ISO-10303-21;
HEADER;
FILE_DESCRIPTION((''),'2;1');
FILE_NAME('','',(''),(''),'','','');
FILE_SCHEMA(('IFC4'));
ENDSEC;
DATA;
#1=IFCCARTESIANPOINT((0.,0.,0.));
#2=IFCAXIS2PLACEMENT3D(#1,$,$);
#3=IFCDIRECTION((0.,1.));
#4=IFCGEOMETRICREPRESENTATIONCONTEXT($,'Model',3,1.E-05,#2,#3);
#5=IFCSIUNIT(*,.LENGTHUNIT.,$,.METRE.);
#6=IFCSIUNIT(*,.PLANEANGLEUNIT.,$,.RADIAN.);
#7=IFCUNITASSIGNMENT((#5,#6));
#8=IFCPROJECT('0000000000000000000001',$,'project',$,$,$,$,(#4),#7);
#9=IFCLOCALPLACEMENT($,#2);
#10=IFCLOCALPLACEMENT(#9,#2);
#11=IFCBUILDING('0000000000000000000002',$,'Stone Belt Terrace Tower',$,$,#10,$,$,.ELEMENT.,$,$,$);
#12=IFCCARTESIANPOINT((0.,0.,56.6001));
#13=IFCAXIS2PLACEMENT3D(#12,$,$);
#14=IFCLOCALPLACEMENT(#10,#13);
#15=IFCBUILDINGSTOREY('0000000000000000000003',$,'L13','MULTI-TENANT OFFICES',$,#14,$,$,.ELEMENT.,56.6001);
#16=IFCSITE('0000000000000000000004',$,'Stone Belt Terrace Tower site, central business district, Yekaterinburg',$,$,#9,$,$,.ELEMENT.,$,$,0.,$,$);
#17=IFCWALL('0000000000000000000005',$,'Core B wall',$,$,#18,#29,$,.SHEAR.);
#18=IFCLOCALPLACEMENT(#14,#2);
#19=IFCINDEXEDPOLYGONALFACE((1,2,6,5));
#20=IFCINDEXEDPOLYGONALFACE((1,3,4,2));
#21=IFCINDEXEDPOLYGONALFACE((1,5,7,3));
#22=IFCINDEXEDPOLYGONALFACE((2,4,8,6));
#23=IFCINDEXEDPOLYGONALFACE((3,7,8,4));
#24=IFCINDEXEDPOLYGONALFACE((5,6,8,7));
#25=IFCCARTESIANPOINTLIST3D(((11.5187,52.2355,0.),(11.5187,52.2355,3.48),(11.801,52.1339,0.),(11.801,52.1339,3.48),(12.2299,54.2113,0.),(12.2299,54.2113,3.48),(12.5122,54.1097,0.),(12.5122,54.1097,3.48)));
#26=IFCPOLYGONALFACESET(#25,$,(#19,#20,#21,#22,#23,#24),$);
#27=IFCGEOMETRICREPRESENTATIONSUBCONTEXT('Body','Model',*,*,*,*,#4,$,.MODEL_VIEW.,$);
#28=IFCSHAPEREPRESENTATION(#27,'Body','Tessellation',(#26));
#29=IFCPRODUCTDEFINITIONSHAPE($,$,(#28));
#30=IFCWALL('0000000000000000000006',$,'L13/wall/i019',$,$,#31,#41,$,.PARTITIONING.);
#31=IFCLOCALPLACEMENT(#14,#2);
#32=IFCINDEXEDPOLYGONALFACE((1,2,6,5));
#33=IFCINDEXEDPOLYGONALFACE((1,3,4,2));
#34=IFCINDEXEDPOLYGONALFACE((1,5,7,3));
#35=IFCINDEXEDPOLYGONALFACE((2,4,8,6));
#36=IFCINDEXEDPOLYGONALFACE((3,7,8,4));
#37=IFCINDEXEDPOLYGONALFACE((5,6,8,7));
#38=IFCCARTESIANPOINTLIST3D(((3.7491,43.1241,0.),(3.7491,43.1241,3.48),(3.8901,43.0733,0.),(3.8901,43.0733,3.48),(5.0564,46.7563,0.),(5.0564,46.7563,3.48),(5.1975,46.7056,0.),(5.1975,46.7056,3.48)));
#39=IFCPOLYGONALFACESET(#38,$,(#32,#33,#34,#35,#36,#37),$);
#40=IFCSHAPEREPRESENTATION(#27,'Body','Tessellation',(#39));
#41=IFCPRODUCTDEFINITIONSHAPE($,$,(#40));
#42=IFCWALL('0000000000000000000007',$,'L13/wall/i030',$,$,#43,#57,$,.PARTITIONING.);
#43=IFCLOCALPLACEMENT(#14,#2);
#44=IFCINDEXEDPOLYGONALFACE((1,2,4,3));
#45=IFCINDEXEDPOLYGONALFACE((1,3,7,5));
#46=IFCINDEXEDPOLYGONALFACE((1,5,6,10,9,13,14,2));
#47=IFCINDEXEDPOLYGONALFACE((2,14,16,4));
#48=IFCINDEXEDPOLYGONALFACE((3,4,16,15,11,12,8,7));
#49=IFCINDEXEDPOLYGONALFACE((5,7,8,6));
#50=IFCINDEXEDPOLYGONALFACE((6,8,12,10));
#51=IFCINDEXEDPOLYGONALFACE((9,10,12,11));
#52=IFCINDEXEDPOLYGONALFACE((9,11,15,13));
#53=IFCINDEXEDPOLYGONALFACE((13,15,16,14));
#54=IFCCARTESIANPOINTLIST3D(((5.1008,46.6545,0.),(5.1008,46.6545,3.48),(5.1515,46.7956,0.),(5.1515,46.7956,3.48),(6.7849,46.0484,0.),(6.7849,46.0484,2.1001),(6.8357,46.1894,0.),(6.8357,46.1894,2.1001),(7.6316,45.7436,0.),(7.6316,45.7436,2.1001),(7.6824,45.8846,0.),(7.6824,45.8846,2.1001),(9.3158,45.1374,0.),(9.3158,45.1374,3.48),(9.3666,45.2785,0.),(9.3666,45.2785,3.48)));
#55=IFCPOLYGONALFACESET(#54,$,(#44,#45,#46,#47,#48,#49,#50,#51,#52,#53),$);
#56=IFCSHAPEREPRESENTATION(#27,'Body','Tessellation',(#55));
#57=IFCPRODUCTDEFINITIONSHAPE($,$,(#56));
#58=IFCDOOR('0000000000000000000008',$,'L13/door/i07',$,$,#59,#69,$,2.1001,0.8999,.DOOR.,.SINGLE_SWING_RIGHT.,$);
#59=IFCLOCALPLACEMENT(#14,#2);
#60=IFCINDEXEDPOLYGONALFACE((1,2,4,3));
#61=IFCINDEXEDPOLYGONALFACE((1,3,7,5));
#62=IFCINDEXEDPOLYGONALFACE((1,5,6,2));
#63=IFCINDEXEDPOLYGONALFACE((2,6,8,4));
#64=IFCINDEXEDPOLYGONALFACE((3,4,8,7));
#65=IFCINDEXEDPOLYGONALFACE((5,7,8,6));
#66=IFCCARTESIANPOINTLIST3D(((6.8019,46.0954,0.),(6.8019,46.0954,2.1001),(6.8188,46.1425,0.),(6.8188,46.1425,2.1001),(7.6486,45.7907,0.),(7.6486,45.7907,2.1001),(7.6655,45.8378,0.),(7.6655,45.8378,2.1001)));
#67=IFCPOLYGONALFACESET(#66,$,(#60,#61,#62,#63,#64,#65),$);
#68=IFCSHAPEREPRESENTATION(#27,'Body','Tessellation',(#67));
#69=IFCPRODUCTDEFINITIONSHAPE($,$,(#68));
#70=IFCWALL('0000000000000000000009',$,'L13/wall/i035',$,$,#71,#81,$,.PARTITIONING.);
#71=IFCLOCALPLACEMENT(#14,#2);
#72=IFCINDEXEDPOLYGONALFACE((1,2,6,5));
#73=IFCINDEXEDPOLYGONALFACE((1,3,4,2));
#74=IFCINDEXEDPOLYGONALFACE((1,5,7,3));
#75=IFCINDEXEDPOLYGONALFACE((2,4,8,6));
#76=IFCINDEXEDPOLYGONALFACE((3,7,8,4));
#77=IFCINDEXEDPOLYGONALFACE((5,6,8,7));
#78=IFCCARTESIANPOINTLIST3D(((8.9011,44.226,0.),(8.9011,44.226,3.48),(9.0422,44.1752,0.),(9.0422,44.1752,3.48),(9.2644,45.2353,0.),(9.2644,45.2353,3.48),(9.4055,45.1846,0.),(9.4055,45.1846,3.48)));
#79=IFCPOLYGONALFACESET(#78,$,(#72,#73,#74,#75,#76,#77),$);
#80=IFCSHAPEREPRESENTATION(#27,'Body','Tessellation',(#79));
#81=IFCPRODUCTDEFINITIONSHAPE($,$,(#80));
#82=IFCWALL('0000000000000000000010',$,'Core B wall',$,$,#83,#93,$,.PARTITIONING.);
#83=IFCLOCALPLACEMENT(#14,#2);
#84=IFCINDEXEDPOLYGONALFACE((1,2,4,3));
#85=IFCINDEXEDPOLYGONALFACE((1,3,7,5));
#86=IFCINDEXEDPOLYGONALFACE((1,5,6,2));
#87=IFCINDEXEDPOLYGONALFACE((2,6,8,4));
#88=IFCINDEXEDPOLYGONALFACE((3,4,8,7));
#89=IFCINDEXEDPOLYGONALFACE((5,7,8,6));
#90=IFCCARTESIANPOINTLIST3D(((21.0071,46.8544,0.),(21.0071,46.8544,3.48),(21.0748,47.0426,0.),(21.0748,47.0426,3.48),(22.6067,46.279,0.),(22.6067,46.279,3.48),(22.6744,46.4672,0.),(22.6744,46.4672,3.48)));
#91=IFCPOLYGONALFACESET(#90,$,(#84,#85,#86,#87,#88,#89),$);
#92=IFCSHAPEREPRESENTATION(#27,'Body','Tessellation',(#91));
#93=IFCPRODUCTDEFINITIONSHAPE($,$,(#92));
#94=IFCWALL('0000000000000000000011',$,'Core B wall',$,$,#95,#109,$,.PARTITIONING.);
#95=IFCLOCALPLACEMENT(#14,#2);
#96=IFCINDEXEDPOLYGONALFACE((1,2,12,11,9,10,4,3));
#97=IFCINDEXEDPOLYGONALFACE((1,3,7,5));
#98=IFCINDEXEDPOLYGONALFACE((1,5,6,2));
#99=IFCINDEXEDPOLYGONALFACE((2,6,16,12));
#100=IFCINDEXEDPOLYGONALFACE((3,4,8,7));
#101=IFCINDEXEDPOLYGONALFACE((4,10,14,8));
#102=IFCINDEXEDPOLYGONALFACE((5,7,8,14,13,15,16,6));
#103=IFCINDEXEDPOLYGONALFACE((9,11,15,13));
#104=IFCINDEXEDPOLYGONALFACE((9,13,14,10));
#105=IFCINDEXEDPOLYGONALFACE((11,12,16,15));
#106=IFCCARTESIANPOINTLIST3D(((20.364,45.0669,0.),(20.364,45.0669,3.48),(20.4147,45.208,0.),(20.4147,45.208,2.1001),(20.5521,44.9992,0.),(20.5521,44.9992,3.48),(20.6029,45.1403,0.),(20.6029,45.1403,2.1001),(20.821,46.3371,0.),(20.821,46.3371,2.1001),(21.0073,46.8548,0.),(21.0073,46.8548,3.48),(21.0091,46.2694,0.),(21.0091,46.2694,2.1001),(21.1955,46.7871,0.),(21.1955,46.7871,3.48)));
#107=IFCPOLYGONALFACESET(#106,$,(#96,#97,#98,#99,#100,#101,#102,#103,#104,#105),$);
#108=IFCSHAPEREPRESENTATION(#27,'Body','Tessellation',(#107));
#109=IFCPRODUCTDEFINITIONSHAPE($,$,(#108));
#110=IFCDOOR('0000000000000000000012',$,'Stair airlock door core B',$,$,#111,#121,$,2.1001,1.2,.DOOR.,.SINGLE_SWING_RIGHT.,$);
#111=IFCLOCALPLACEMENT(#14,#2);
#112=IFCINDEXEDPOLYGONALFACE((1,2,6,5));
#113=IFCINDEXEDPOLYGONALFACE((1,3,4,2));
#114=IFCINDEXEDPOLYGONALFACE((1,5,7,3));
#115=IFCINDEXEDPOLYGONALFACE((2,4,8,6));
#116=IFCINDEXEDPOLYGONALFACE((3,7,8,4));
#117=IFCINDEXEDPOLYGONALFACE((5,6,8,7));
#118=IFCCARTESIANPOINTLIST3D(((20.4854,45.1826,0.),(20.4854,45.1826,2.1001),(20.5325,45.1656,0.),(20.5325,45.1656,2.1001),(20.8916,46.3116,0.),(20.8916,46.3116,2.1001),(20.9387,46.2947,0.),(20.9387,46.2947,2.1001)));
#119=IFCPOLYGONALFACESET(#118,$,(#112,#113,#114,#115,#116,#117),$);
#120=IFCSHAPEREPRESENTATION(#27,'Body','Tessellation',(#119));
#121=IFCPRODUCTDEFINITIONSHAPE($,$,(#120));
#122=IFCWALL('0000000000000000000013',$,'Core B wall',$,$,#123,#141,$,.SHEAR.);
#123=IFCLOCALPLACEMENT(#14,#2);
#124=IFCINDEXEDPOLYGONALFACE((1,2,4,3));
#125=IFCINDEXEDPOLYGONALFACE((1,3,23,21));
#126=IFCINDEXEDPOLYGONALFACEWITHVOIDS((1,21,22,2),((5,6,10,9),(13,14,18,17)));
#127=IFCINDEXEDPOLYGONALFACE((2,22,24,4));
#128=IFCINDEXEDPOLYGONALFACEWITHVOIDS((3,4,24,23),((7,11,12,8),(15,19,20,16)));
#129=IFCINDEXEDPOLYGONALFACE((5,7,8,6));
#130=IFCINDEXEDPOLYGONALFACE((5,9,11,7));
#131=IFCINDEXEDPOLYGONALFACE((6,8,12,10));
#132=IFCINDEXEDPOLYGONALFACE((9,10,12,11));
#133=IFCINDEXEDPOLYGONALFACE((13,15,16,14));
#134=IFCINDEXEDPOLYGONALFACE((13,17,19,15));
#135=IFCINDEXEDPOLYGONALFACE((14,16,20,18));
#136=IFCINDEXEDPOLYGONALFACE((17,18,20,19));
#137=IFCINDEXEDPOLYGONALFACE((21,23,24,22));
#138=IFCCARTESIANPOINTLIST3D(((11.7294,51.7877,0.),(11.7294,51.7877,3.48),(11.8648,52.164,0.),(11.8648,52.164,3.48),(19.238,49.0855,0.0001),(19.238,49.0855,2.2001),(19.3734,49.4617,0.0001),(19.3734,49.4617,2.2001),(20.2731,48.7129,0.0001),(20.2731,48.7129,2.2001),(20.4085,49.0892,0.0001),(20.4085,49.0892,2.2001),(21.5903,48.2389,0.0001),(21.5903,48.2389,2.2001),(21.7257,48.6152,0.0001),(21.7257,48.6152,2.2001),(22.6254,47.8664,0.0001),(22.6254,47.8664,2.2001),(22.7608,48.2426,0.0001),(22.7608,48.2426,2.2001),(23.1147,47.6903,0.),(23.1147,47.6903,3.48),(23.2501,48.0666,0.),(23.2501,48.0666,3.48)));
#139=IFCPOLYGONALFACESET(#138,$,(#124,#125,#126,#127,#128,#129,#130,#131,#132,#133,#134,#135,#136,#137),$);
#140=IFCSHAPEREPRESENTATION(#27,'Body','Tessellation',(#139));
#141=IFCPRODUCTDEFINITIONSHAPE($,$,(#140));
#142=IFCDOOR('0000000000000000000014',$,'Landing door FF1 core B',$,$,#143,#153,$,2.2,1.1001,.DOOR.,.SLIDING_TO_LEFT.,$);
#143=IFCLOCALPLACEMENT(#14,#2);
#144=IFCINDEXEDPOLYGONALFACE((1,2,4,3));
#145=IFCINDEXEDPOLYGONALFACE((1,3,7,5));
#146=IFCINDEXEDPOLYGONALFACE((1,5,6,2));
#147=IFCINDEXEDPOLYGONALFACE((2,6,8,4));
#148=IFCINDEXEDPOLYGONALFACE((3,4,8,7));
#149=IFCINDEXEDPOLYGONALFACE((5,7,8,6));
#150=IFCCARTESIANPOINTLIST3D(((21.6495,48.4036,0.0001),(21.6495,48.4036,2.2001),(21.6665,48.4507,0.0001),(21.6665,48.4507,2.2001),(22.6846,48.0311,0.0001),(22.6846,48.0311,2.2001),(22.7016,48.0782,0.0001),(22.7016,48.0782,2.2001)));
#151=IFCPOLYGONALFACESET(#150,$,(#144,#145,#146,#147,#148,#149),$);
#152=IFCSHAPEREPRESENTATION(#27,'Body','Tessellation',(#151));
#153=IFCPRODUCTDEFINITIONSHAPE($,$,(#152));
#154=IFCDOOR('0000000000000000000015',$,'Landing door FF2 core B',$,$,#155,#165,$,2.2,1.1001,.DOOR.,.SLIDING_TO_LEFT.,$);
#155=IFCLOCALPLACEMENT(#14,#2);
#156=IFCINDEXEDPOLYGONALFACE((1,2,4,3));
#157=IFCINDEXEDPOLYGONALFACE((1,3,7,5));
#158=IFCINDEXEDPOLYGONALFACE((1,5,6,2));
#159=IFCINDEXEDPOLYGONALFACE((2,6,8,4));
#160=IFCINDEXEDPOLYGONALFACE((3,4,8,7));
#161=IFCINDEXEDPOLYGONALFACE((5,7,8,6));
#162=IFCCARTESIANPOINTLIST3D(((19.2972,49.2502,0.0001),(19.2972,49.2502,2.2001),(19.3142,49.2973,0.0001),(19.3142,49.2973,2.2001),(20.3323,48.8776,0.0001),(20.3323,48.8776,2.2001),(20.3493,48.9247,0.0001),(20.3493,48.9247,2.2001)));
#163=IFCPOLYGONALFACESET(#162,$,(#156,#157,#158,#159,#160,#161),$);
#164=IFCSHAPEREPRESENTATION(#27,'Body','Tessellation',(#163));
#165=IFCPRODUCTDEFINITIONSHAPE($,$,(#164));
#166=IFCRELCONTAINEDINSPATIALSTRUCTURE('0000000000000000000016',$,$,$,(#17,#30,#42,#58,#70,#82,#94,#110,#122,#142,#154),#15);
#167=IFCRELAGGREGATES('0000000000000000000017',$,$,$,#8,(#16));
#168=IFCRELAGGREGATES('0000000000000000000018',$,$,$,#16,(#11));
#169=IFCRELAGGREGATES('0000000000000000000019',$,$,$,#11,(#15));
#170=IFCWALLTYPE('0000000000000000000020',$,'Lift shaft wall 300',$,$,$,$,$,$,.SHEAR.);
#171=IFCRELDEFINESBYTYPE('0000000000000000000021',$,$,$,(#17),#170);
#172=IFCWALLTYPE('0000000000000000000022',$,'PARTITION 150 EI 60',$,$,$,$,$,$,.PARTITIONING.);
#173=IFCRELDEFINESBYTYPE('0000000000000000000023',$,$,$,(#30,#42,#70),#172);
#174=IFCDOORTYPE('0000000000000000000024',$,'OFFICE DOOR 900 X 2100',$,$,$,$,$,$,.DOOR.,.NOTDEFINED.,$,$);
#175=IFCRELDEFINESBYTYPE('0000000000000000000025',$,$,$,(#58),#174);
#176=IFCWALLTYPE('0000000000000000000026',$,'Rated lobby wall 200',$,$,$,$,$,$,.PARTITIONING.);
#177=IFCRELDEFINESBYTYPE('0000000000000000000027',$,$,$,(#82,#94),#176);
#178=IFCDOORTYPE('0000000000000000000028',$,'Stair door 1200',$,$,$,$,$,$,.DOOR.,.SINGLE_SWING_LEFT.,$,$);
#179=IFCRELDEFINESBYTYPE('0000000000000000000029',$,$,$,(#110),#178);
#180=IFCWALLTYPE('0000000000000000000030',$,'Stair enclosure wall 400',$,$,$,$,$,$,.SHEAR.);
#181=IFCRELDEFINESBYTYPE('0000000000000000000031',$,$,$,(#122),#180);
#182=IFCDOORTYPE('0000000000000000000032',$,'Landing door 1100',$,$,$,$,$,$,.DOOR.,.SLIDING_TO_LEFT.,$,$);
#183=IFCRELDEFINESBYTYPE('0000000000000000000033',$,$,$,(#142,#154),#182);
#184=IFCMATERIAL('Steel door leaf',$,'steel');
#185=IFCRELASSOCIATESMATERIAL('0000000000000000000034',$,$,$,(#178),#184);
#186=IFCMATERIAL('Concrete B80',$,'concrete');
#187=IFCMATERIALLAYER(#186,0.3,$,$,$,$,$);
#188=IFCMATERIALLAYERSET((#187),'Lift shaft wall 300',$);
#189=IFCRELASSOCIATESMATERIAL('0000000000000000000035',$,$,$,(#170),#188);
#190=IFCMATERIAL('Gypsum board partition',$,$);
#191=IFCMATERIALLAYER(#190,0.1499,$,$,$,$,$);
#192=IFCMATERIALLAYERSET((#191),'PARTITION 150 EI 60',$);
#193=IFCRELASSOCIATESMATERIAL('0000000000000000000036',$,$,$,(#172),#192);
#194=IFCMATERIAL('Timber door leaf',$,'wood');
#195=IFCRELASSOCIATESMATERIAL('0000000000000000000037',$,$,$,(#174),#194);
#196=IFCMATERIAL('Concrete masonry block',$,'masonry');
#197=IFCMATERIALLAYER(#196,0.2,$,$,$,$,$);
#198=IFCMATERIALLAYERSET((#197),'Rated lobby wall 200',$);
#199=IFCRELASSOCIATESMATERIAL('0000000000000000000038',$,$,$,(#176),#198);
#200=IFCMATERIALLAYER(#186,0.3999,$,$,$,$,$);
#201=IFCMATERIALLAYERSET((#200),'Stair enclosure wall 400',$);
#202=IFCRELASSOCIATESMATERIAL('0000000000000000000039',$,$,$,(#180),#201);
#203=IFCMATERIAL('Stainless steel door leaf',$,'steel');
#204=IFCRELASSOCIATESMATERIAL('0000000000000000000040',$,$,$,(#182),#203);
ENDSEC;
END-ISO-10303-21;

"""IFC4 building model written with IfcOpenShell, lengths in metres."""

from ifc_helpers import new_model, si_unit, direction, frame, frame_2d, origin, place, context, subcontext, project, spatial, rectangle, extrude, material, layer, layer_set, type_object, element, fill, save


model = new_model("IFC4")

# Units and contexts
model_context = context("Model", 3, precision=1e-05, world=origin(), true_north=direction((0.0, 1.0)))
body_context = subcontext(model_context, "Body", "Model", "MODEL_VIEW")
ifc_project = project(units=[si_unit("LENGTHUNIT", "METRE"), si_unit("PLANEANGLEUNIT", "RADIAN")], contexts=[model_context])

# Site, building, storey
site_placement = place(None, origin())
site = spatial("IfcSite", under=ifc_project, at=site_placement, Name="Stone Belt Terrace Tower site, central business district, Yekaterinburg", CompositionType="ELEMENT", RefElevation=0.0)
building_placement = place(site_placement, origin())
building = spatial("IfcBuilding", under=site, at=building_placement, Name="Stone Belt Terrace Tower", CompositionType="ELEMENT")
storey_placement = place(building_placement, frame((0.0, 0.0, 56.6001)))
storey = spatial("IfcBuildingStorey", under=building, at=storey_placement, Name="L13", Description="MULTI-TENANT OFFICES", CompositionType="ELEMENT", Elevation=56.6001)

# Shared definitions
ifc_material_1 = material(Name="Concrete B80", Category="concrete")
ifc_material_2 = material(Name="Steel door leaf", Category="steel")
door_type_1 = type_object("IfcDoorType", Name="Stair door 1200", OperationType="SINGLE_SWING_LEFT", PredefinedType="DOOR", material=ifc_material_2)
ifc_material_3 = material(Name="Timber door leaf", Category="wood")

# Walls
ifc_layer_1 = layer(ifc_material_1, 0.3)
ifc_layer_set_1 = layer_set([ifc_layer_1], Name="Lift shaft wall 300")
wall_type_1 = type_object("IfcWallType", Name="Lift shaft wall 300", PredefinedType="SHEAR", material=ifc_layer_set_1)
wall_1_placement = place(storey_placement, frame((11.6599, 52.1848, 0.0), z_axis=(0.0, 0.0, 1.0), x_axis=(0.33867, 0.940905, 0.0)))
element("IfcWall", 1, at=wall_1_placement, inside=storey, type_object=wall_type_1, Name="Core B wall", PredefinedType="SHEAR", context=body_context, shape_type="SweptSolid", body=[
    extrude(rectangle(XDim=2.0999, YDim=0.3, at=frame_2d((1.0498, 0.0))), origin(), (0.0, 0.0, 1.0), 3.48),
])
ifc_material_4 = material(Name="Gypsum board partition")
ifc_layer_2 = layer(ifc_material_4, 0.1499)
ifc_layer_set_2 = layer_set([ifc_layer_2], Name="PARTITION 150 EI 60")
wall_type_2 = type_object("IfcWallType", Name="PARTITION 150 EI 60", PredefinedType="PARTITIONING", material=ifc_layer_set_2)
wall_2_placement = place(storey_placement, frame((5.127, 46.731, 0.0), z_axis=(0.0, 0.0, 1.0), x_axis=(-0.338659, -0.940909, 0.0)))
element("IfcWall", 2, at=wall_2_placement, inside=storey, type_object=wall_type_2, Name="L13/wall/i019", PredefinedType="PARTITIONING", context=body_context, shape_type="SweptSolid", body=[
    extrude(rectangle(XDim=3.8604, YDim=0.1499, at=frame_2d((1.9302, 0.0))), origin(), (0.0, 0.0, 1.0), 3.48),
])

# Wall, opening, door
wall_3_placement = place(storey_placement, frame((9.3411, 45.208, 0.0), z_axis=(0.0, 0.0, 1.0), x_axis=(-0.940912, 0.338652, 0.0)))
wall_3 = element("IfcWall", 3, at=wall_3_placement, inside=storey, type_object=wall_type_2, Name="L13/wall/i030", PredefinedType="PARTITIONING", context=body_context, shape_type="SweptSolid", body=[
    extrude(rectangle(XDim=4.4797, YDim=0.1499, at=frame_2d((2.2397, 0.0))), origin(), (0.0, 0.0, 1.0), 3.48),
])
opening_1_placement = place(wall_3_placement, frame((1.7898, 0.0, 0.0)))
opening_1 = element("IfcOpeningElement", 4, at=opening_1_placement, cuts=wall_3, PredefinedType="OPENING", context=body_context, shape_type="SweptSolid", body=[
    extrude(rectangle(XDim=0.8999, YDim=2.1001, at=frame_2d((0.45, 1.05))), frame((0.0, 0.085, 0.0), z_axis=(0.0, -1.0, 0.0), x_axis=(1.0, 0.0, 0.0)), (0.0, 0.0, 1.0), 0.1699),
])
door_type_2 = type_object("IfcDoorType", Name="OFFICE DOOR 900 X 2100", OperationType="NOTDEFINED", PredefinedType="DOOR", material=ifc_material_3)
door_1_placement = place(opening_1_placement, origin())
door_1 = element("IfcDoor", 5, at=door_1_placement, inside=storey, type_object=door_type_2, Name="L13/door/i07", OperationType="SINGLE_SWING_RIGHT", OverallHeight=2.1001, OverallWidth=0.8999, PredefinedType="DOOR", context=body_context, shape_type="SweptSolid", body=[
    extrude(rectangle(XDim=0.8999, YDim=2.1001, at=frame_2d((0.45, 1.05))), frame((0.0, 0.0249, 0.0), z_axis=(0.0, -1.0, 0.0), x_axis=(1.0, 0.0, 0.0)), (0.0, 0.0, 1.0), 0.05),
])
fill(opening_1, door_1)

# Walls
wall_4_placement = place(storey_placement, frame((9.335, 45.21, 0.0), z_axis=(0.0, 0.0, 1.0), x_axis=(-0.338671, -0.940905, 0.0)))
element("IfcWall", 6, at=wall_4_placement, inside=storey, type_object=wall_type_2, Name="L13/wall/i035", PredefinedType="PARTITIONING", context=body_context, shape_type="SweptSolid", body=[
    extrude(rectangle(XDim=1.0728, YDim=0.1499, at=frame_2d((0.5364, 0.0))), origin(), (0.0, 0.0, 1.0), 3.48),
])
ifc_material_5 = material(Name="Concrete masonry block", Category="masonry")
ifc_layer_3 = layer(ifc_material_5, 0.2)
ifc_layer_set_3 = layer_set([ifc_layer_3], Name="Rated lobby wall 200")
wall_type_3 = type_object("IfcWallType", Name="Rated lobby wall 200", PredefinedType="PARTITIONING", material=ifc_layer_set_3)
wall_5_placement = place(storey_placement, frame((22.6406, 46.373, 0.0), z_axis=(0.0, 0.0, 1.0), x_axis=(-0.940966, 0.338501, 0.0)))
element("IfcWall", 7, at=wall_5_placement, inside=storey, type_object=wall_type_3, Name="Core B wall", PredefinedType="PARTITIONING", context=body_context, shape_type="SweptSolid", body=[
    extrude(rectangle(XDim=1.7, YDim=0.2, at=frame_2d((0.8501, 0.0))), origin(), (0.0, 0.0, 1.0), 3.48),
])

# Wall, opening, door
wall_6_placement = place(storey_placement, frame((20.458, 45.033, 0.0), z_axis=(0.0, 0.0, 1.0), x_axis=(0.338574, 0.94094, 0.0)))
wall_6 = element("IfcWall", 8, at=wall_6_placement, inside=storey, type_object=wall_type_3, Name="Core B wall", PredefinedType="PARTITIONING", context=body_context, shape_type="SweptSolid", body=[
    extrude(rectangle(XDim=1.9001, YDim=0.2, at=frame_2d((0.9502, 0.0))), origin(), (0.0, 0.0, 1.0), 3.48),
])
opening_2_placement = place(wall_6_placement, frame((0.1499, 0.0, 0.0)))
opening_2 = element("IfcOpeningElement", 9, at=opening_2_placement, cuts=wall_6, PredefinedType="OPENING", context=body_context, shape_type="SweptSolid", body=[
    extrude(rectangle(XDim=1.2, YDim=2.1001, at=frame_2d((0.6001, 1.05))), frame((0.0, 0.1099, 0.0), z_axis=(0.0, -1.0, 0.0), x_axis=(1.0, 0.0, 0.0)), (0.0, 0.0, 1.0), 0.22),
])
door_2_placement = place(opening_2_placement, origin())
door_2 = element("IfcDoor", 10, at=door_2_placement, inside=storey, type_object=door_type_1, Name="Stair airlock door core B", OperationType="SINGLE_SWING_RIGHT", OverallHeight=2.1001, OverallWidth=1.2, PredefinedType="DOOR", context=body_context, shape_type="SweptSolid", body=[
    extrude(rectangle(XDim=1.2, YDim=2.1001, at=frame_2d((0.6001, 1.05))), frame((0.0, 0.0249, 0.0), z_axis=(0.0, -1.0, 0.0), x_axis=(1.0, 0.0, 0.0)), (0.0, 0.0, 1.0), 0.05),
])
fill(opening_2, door_2)

# Wall, openings, doors
ifc_layer_4 = layer(ifc_material_1, 0.3999)
ifc_layer_set_4 = layer_set([ifc_layer_4], Name="Stair enclosure wall 400")
wall_type_4 = type_object("IfcWallType", Name="Stair enclosure wall 400", PredefinedType="SHEAR", material=ifc_layer_set_4)
wall_7_placement = place(storey_placement, frame((23.1824, 47.8784, 0.0), z_axis=(0.0, 0.0, 1.0), x_axis=(-0.940921, 0.338626, 0.0)))
wall_7 = element("IfcWall", 11, at=wall_7_placement, inside=storey, type_object=wall_type_4, Name="Core B wall", PredefinedType="SHEAR", context=body_context, shape_type="SweptSolid", body=[
    extrude(rectangle(XDim=12.1001, YDim=0.3999, at=frame_2d((6.05, 0.0))), origin(), (0.0, 0.0, 1.0), 3.48),
])
opening_3_placement = place(wall_7_placement, frame((0.52, 0.0, 0.0)))
opening_3 = element("IfcOpeningElement", 12, at=opening_3_placement, cuts=wall_7, PredefinedType="OPENING", context=body_context, shape_type="SweptSolid", body=[
    extrude(rectangle(XDim=1.1001, YDim=2.2, at=frame_2d((0.55, 1.1001))), frame((0.0, 0.21, 0.0), z_axis=(0.0, -1.0, 0.0), x_axis=(1.0, 0.0, 0.0)), (0.0, 0.0, 1.0), 0.4199),
])
opening_4_placement = place(wall_7_placement, frame((3.02, 0.0, 0.0)))
opening_4 = element("IfcOpeningElement", 13, at=opening_4_placement, cuts=wall_7, PredefinedType="OPENING", context=body_context, shape_type="SweptSolid", body=[
    extrude(rectangle(XDim=1.1001, YDim=2.2, at=frame_2d((0.55, 1.1001))), frame((0.0, 0.21, 0.0), z_axis=(0.0, -1.0, 0.0), x_axis=(1.0, 0.0, 0.0)), (0.0, 0.0, 1.0), 0.4199),
])
ifc_material_6 = material(Name="Stainless steel door leaf", Category="steel")
door_type_3 = type_object("IfcDoorType", Name="Landing door 1100", OperationType="SLIDING_TO_LEFT", PredefinedType="DOOR", material=ifc_material_6)
door_3_placement = place(opening_3_placement, origin())
door_3 = element("IfcDoor", 14, at=door_3_placement, inside=storey, type_object=door_type_3, Name="Landing door FF1 core B", OperationType="SLIDING_TO_LEFT", OverallHeight=2.2, OverallWidth=1.1001, PredefinedType="DOOR", context=body_context, shape_type="SweptSolid", body=[
    extrude(rectangle(XDim=1.1001, YDim=2.2, at=frame_2d((0.55, 1.1001))), frame((0.0, 0.0249, 0.0), z_axis=(0.0, -1.0, 0.0), x_axis=(1.0, 0.0, 0.0)), (0.0, 0.0, 1.0), 0.05),
])
fill(opening_3, door_3)
door_4_placement = place(opening_4_placement, origin())
door_4 = element("IfcDoor", 15, at=door_4_placement, inside=storey, type_object=door_type_3, Name="Landing door FF2 core B", OperationType="SLIDING_TO_LEFT", OverallHeight=2.2, OverallWidth=1.1001, PredefinedType="DOOR", context=body_context, shape_type="SweptSolid", body=[
    extrude(rectangle(XDim=1.1001, YDim=2.2, at=frame_2d((0.55, 1.1001))), frame((0.0, 0.0249, 0.0), z_axis=(0.0, -1.0, 0.0), x_axis=(1.0, 0.0, 0.0)), (0.0, 0.0, 1.0), 0.05),
])
fill(opening_4, door_4)

save(model, "model.ifc")
